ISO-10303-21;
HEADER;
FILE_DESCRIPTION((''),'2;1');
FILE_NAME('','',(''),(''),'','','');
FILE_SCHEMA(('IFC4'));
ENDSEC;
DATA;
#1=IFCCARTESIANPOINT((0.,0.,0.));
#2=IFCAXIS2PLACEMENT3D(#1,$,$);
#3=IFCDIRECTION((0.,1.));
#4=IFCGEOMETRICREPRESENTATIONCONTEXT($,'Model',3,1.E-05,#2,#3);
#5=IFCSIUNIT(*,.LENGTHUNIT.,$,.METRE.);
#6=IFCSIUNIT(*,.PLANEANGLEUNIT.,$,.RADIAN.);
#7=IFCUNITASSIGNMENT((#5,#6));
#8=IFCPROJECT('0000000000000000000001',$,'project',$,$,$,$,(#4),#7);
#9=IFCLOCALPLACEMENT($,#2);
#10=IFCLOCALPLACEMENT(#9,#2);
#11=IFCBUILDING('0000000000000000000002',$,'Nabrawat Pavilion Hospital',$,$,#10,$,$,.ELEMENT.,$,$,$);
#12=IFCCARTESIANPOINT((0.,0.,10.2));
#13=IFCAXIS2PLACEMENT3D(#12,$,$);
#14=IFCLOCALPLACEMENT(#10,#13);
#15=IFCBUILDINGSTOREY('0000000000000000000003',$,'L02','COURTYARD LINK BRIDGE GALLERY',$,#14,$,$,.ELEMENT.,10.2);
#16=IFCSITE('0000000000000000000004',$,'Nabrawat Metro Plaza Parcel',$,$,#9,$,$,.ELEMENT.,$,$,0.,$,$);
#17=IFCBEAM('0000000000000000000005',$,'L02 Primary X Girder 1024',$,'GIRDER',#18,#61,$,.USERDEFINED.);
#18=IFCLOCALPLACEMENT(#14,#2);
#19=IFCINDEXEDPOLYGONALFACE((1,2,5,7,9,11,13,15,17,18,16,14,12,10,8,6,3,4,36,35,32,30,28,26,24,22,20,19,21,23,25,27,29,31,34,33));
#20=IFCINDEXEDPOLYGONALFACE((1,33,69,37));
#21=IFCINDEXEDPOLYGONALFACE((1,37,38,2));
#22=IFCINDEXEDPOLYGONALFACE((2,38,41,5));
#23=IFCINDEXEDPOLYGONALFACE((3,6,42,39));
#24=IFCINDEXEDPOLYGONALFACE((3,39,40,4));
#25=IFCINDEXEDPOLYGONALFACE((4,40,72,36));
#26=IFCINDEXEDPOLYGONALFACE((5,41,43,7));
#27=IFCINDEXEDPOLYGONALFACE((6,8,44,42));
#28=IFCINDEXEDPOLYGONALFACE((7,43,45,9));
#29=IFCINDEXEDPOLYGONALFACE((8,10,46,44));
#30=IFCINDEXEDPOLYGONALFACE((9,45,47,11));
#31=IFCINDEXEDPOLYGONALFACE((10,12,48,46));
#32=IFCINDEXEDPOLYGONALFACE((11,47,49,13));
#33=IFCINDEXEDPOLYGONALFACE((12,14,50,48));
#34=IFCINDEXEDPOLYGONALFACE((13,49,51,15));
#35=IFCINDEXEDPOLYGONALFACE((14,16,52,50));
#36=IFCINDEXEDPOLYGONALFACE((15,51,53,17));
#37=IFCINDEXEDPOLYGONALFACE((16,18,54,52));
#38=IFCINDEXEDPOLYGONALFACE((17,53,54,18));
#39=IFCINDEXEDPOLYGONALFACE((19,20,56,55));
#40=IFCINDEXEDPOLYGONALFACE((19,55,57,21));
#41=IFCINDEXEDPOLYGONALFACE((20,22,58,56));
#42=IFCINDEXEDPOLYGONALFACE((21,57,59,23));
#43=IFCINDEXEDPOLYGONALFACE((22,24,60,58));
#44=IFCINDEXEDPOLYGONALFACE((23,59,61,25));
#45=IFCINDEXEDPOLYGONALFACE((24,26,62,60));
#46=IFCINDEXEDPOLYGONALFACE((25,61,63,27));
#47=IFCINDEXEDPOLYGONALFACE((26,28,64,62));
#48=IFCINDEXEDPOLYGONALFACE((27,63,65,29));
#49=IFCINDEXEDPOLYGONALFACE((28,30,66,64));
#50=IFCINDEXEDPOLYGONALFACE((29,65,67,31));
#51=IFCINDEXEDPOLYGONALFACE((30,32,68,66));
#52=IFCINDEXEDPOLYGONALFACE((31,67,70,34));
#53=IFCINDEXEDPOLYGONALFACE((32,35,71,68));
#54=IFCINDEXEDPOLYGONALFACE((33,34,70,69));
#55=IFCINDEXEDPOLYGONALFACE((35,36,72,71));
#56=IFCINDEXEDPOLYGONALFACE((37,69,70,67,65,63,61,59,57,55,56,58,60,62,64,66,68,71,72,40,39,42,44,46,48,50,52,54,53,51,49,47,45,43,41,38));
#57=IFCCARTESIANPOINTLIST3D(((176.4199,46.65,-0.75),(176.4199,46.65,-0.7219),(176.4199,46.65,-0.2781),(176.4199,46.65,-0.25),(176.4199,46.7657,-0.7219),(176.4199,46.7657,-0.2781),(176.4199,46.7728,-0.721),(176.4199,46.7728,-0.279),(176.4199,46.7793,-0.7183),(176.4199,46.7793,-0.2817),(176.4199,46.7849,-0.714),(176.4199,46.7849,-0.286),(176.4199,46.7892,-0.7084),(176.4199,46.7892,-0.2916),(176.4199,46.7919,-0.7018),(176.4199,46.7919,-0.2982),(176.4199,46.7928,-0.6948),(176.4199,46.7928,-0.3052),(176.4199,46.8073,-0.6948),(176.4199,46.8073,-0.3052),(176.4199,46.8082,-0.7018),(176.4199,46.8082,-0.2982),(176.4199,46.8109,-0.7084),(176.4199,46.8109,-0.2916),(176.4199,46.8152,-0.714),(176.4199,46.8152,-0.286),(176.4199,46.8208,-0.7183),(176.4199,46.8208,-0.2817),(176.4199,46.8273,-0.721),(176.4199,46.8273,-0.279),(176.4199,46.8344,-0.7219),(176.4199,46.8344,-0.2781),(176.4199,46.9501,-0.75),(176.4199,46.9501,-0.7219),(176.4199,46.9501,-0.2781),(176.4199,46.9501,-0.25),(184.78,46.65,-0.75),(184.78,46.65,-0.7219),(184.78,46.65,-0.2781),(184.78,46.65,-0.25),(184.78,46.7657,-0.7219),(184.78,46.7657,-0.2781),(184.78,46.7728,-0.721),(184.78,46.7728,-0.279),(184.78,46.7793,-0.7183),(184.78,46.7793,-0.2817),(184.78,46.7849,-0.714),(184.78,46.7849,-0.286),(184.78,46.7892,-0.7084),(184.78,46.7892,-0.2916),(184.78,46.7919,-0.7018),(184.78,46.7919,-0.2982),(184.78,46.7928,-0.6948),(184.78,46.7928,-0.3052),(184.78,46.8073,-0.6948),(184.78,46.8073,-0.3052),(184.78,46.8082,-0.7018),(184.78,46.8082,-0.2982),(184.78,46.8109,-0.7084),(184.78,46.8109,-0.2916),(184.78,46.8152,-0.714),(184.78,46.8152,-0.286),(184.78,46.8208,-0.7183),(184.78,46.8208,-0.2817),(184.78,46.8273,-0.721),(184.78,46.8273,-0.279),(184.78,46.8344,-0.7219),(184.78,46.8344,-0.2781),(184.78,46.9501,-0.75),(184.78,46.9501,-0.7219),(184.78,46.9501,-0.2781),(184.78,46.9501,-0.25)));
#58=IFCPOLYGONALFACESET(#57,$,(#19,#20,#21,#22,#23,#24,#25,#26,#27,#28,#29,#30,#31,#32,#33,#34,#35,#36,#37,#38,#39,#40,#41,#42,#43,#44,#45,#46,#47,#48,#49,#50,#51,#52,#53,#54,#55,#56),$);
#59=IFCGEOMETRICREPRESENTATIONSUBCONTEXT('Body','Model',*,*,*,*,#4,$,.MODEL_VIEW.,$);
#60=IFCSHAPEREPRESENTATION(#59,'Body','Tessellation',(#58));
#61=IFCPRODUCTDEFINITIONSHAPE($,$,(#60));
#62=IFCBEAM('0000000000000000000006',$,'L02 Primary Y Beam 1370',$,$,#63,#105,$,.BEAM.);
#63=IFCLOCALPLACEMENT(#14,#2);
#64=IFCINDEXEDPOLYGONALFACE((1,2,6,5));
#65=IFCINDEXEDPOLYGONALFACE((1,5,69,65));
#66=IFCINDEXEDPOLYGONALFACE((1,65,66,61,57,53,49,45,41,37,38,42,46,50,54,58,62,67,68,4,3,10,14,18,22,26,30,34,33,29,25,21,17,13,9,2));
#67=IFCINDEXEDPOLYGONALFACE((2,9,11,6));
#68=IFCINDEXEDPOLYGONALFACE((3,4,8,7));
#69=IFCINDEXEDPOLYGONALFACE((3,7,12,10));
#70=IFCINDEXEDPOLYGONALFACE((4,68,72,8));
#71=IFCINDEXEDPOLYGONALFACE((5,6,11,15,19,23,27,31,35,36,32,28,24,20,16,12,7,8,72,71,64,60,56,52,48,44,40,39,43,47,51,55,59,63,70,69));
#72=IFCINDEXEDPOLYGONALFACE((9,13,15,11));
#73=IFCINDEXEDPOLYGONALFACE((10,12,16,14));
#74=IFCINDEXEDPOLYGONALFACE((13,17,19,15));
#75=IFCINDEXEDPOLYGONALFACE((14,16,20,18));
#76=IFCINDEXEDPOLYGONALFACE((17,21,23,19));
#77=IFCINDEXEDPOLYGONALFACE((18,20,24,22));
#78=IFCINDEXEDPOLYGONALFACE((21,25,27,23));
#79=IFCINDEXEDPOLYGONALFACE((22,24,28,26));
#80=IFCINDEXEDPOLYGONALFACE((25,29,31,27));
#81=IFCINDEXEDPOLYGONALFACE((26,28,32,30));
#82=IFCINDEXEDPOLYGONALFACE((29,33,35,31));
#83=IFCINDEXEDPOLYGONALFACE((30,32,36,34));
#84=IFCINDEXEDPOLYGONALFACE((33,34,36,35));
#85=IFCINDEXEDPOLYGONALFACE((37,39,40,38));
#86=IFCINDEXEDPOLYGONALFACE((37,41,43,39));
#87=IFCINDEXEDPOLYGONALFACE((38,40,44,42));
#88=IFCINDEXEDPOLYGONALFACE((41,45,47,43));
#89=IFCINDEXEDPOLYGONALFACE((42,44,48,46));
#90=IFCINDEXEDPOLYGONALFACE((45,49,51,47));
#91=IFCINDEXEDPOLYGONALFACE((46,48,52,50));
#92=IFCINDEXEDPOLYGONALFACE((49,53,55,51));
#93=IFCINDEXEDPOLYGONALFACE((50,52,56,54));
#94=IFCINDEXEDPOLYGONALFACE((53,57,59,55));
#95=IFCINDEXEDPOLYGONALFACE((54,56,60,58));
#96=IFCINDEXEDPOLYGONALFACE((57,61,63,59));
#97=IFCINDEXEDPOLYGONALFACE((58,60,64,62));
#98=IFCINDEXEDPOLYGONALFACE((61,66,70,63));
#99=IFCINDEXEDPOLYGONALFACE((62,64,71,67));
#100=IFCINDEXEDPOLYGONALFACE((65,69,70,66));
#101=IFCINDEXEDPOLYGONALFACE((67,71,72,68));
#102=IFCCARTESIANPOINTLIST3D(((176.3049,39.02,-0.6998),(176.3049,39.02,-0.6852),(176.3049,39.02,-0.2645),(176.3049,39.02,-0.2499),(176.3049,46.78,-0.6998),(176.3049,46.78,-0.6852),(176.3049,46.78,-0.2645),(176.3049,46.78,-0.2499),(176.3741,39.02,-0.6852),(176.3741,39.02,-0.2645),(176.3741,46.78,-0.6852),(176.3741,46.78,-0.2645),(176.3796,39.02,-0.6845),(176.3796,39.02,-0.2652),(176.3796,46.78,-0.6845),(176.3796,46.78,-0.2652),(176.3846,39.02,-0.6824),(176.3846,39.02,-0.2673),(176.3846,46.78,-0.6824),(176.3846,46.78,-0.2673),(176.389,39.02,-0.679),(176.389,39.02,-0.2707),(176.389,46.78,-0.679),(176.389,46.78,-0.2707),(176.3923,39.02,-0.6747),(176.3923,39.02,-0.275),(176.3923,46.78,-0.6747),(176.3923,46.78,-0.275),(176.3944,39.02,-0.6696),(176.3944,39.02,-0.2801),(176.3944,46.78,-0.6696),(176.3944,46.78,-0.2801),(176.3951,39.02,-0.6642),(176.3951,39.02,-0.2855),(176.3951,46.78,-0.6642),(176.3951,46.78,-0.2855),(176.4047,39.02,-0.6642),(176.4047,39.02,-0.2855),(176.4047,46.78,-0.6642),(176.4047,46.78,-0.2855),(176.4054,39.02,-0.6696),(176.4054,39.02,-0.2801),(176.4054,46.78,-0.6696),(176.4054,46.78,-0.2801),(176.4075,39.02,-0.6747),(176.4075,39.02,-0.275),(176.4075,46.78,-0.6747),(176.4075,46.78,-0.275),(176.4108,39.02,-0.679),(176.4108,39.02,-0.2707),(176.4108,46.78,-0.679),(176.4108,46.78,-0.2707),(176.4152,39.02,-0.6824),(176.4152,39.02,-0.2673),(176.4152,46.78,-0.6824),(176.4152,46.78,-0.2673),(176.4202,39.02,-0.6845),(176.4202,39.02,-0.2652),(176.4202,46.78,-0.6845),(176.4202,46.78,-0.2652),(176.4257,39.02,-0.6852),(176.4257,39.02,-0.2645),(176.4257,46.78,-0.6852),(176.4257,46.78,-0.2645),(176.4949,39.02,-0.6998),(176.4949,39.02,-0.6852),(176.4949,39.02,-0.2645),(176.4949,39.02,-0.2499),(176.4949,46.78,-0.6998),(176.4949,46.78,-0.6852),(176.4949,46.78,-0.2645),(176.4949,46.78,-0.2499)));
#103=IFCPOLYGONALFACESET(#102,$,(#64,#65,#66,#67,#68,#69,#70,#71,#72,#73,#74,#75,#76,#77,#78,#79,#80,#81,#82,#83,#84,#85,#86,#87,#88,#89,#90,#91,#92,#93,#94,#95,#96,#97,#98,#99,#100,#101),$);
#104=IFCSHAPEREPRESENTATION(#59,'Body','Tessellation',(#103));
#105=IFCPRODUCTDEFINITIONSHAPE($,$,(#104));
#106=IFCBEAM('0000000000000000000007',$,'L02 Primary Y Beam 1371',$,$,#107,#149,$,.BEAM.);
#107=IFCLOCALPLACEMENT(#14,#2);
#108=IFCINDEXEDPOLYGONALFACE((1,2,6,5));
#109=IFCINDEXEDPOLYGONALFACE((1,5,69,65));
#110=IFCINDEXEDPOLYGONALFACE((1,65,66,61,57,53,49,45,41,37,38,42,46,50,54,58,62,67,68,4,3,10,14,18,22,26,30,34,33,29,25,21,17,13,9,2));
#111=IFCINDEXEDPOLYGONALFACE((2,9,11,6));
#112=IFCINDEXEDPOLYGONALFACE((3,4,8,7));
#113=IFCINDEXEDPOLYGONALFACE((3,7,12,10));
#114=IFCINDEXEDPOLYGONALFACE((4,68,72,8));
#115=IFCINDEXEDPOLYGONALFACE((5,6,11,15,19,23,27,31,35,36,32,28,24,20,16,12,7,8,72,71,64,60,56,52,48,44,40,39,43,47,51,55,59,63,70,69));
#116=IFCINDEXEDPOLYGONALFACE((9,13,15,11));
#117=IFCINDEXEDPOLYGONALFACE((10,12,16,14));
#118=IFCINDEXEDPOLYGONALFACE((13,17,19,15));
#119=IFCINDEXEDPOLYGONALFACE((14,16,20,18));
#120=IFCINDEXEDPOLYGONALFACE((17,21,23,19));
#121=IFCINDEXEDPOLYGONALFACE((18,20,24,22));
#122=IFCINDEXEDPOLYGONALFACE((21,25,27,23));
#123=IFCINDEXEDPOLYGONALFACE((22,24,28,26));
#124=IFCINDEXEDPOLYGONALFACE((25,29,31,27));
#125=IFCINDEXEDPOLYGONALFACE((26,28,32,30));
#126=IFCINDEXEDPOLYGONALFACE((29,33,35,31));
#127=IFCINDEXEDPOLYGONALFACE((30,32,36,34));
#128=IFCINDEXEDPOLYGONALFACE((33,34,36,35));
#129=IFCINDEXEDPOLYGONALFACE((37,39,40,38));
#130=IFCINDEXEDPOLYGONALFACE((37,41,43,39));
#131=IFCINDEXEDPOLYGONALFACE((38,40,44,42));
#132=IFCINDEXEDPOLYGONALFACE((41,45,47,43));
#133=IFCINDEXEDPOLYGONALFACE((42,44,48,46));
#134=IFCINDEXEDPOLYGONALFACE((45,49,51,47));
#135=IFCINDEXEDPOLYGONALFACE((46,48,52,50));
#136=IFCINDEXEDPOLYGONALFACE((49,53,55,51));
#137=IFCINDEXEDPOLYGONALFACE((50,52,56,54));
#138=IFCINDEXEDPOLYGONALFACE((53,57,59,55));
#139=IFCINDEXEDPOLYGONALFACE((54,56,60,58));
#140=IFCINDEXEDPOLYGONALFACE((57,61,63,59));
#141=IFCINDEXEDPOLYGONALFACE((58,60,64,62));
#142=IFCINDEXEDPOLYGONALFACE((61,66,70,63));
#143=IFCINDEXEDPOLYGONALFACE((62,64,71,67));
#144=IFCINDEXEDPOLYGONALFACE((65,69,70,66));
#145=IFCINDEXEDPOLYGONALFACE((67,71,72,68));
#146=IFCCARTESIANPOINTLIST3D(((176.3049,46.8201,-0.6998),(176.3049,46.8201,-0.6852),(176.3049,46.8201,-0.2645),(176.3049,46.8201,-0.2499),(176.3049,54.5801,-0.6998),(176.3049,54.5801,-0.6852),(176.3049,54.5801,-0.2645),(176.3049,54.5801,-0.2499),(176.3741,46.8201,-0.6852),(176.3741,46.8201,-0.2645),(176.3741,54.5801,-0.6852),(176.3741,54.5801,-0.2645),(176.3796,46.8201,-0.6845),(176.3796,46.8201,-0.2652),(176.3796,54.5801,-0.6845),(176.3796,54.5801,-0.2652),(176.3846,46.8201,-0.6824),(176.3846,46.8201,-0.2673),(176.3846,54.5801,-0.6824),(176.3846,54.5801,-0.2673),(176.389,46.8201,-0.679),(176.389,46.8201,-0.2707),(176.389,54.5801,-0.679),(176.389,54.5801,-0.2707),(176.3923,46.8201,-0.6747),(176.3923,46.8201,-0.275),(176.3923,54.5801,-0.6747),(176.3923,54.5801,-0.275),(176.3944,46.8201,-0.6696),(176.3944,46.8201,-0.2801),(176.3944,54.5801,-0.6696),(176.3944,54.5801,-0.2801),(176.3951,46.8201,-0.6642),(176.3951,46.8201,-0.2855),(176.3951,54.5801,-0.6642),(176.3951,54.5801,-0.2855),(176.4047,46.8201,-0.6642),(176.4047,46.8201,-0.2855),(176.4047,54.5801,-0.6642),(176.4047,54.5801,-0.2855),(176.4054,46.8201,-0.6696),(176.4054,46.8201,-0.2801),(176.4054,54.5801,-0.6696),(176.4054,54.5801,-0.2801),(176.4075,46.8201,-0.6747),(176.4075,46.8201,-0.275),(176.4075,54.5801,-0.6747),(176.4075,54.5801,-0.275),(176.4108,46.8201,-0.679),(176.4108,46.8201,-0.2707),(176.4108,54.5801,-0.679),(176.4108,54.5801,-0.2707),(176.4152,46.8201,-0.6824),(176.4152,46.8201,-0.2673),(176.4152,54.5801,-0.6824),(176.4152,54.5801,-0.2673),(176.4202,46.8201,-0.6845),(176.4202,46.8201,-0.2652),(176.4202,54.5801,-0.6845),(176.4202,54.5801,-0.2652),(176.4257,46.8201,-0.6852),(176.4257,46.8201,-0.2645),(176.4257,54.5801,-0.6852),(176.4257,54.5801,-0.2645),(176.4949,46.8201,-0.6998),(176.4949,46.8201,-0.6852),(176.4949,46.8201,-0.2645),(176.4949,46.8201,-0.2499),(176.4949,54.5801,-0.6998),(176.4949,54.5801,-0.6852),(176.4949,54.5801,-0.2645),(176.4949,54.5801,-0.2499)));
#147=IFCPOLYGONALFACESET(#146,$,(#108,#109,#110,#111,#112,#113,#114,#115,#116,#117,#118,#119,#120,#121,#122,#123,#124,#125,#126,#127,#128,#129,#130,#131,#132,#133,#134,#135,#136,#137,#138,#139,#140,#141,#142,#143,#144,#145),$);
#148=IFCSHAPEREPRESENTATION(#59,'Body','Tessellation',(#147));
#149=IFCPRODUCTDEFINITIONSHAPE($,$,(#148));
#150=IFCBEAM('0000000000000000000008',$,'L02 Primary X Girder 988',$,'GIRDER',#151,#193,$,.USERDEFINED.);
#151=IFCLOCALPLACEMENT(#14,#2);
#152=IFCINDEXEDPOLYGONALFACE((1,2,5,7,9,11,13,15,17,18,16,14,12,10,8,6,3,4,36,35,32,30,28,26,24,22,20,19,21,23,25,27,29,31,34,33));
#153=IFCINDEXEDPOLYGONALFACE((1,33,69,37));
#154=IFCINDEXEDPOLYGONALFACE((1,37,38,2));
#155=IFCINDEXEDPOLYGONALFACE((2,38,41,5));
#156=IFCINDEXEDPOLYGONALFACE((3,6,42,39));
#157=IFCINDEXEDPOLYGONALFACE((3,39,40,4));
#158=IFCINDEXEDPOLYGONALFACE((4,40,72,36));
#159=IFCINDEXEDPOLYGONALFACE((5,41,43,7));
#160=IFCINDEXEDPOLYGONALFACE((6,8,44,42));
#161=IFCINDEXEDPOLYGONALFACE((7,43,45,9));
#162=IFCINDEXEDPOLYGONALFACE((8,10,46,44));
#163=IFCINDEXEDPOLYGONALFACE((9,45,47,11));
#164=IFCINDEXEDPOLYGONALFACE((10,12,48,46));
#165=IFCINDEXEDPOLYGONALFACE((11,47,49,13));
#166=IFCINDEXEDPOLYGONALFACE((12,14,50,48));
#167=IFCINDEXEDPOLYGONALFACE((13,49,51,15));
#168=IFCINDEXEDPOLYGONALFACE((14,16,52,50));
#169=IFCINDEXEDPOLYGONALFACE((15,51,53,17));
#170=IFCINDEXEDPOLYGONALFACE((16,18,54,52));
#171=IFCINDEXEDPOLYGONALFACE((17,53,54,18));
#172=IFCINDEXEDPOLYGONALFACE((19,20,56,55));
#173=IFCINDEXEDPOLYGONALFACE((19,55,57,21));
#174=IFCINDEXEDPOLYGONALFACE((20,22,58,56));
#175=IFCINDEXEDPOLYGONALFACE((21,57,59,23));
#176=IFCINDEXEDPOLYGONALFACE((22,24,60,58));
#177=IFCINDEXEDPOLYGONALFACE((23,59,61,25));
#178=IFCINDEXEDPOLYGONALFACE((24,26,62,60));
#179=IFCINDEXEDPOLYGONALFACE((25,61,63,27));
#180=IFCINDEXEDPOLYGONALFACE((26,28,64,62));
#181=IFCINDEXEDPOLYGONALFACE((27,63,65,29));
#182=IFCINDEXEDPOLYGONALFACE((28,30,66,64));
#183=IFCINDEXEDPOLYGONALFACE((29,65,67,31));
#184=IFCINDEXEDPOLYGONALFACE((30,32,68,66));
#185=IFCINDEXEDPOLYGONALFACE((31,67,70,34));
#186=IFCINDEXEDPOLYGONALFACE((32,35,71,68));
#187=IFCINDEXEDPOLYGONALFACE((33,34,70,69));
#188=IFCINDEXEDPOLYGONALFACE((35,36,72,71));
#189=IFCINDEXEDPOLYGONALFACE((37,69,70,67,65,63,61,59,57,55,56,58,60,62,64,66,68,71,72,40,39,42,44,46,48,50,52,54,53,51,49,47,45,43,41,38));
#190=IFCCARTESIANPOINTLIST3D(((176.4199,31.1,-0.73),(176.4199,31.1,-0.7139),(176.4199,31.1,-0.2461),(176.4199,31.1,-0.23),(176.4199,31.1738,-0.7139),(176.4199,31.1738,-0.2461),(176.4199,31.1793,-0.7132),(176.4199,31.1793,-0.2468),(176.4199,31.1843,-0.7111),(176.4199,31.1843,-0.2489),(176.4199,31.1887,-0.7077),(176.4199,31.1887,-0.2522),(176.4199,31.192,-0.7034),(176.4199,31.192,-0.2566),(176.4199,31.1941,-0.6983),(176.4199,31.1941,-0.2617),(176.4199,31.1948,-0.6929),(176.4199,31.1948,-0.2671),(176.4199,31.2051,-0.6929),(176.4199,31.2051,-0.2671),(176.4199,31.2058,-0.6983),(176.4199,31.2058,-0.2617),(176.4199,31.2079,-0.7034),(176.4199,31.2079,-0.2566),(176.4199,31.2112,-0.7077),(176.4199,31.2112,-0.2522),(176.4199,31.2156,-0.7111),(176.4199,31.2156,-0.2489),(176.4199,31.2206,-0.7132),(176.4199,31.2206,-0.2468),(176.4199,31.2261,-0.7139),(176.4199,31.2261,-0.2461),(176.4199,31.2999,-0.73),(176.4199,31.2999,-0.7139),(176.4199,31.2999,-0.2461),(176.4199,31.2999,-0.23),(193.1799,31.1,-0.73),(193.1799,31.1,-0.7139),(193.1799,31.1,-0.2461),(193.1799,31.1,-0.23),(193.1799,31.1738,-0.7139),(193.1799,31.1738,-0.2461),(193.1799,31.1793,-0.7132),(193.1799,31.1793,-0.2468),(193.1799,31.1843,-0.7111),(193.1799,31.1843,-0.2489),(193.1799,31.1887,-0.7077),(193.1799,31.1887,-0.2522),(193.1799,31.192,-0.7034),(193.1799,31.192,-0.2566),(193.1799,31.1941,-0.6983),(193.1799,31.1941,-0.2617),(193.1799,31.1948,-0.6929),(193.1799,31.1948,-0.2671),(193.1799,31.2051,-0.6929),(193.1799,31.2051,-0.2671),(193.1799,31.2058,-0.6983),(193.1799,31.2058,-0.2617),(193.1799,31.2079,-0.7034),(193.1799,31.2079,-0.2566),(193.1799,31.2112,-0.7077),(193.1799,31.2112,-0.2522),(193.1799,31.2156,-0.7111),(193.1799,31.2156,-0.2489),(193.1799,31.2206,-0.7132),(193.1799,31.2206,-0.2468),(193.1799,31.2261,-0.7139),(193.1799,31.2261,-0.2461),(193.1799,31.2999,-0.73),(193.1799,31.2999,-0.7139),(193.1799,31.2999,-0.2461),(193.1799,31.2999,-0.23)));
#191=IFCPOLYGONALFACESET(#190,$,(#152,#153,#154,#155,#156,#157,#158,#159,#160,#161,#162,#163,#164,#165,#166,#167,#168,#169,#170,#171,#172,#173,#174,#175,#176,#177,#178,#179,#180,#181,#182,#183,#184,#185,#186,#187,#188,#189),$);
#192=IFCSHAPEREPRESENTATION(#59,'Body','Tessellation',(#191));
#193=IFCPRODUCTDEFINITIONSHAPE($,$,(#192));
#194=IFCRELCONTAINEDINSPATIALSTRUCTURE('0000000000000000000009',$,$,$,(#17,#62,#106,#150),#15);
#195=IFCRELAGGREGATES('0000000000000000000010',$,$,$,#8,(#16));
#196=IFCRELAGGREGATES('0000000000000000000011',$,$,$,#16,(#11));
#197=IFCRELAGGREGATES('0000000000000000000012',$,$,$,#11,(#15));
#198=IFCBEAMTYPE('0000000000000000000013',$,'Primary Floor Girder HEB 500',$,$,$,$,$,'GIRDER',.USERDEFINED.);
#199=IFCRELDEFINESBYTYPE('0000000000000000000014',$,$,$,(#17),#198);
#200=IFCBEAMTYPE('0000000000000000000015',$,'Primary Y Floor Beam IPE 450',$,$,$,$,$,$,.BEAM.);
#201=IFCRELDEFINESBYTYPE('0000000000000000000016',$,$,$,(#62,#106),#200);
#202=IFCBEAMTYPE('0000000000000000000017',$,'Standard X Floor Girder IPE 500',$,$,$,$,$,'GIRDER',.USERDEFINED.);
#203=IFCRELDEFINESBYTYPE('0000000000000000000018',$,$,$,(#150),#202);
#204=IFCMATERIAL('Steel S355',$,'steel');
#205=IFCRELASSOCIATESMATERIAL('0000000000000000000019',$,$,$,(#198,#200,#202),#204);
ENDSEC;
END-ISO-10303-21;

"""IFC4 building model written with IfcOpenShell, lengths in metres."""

from ifc_helpers import new_model, si_unit, direction, frame, origin, origin_2d, place, context, subcontext, project, spatial, i_section, extrude, material, material_profile, profile_set, type_object, element, save


model = new_model("IFC4")

# Units and contexts
model_context = context("Model", 3, precision=1e-05, world=origin(), true_north=direction((0.0, 1.0)))
body_context = subcontext(model_context, "Body", "Model", "MODEL_VIEW")
ifc_project = project(units=[si_unit("LENGTHUNIT", "METRE"), si_unit("PLANEANGLEUNIT", "RADIAN")], contexts=[model_context])

# Site, building, storey
site_placement = place(None, origin())
site = spatial("IfcSite", under=ifc_project, at=site_placement, Name="Nabrawat Metro Plaza Parcel", CompositionType="ELEMENT", RefElevation=0.0)
building_placement = place(site_placement, origin())
building = spatial("IfcBuilding", under=site, at=building_placement, Name="Nabrawat Pavilion Hospital", CompositionType="ELEMENT")
storey_placement = place(building_placement, frame((0.0, 0.0, 10.2)))
storey = spatial("IfcBuildingStorey", under=building, at=storey_placement, Name="L02", Description="COURTYARD LINK BRIDGE GALLERY", CompositionType="ELEMENT", Elevation=10.2)

# Shared definitions
ifc_material_1 = material(Name="Steel S355", Category="steel")

# Beams
ifc_material_profile_1 = material_profile(ifc_material_1, i_section(OverallWidth=0.3, OverallDepth=0.5, WebThickness=0.0144, FlangeThickness=0.0281, FilletRadius=0.0271, at=origin_2d()), Name="HEB 500")
ifc_profile_set_1 = profile_set([ifc_material_profile_1], Name="Steel S355")
beam_type_1 = type_object("IfcBeamType", Name="Primary Floor Girder HEB 500", ElementType="GIRDER", PredefinedType="USERDEFINED", material=ifc_profile_set_1)
beam_1_placement = place(storey_placement, frame((176.4199, 46.8, -0.5), z_axis=(1.0, 0.0, 0.0), x_axis=(0.0, 1.0, 0.0)))
element("IfcBeam", 1, at=beam_1_placement, inside=storey, type_object=beam_type_1, Name="L02 Primary X Girder 1024", ObjectType="GIRDER", PredefinedType="USERDEFINED", context=body_context, shape_type="SweptSolid", body=[
    extrude(i_section(OverallWidth=0.3, OverallDepth=0.5, WebThickness=0.0144, FlangeThickness=0.0281, FilletRadius=0.0271, at=origin_2d()), origin(), (0.0, 0.0, 1.0), 8.3601),
])
ifc_material_profile_2 = material_profile(ifc_material_1, i_section(OverallWidth=0.1899, OverallDepth=0.45, WebThickness=0.0095, FlangeThickness=0.0146, FilletRadius=0.021, at=origin_2d()), Name="IPE 450")
ifc_profile_set_2 = profile_set([ifc_material_profile_2], Name="Steel S355")
beam_type_2 = type_object("IfcBeamType", Name="Primary Y Floor Beam IPE 450", PredefinedType="BEAM", material=ifc_profile_set_2)
for number, where, z_axis, x_axis, name in (
    (2, (176.3999, 39.02, -0.4749), (0.0, 1.0, 0.0), (-1.0, 0.0, 0.0), "L02 Primary Y Beam 1370"),
    (3, (176.3999, 46.8201, -0.4749), (0.0, 1.0, 0.0), (-1.0, 0.0, 0.0), "L02 Primary Y Beam 1371"),
):
    element("IfcBeam", number, at=place(storey_placement, frame(where, z_axis=z_axis, x_axis=x_axis)), inside=storey, type_object=beam_type_2, Name=name, PredefinedType="BEAM", context=body_context, shape_type="SweptSolid", body=[
        extrude(i_section(OverallWidth=0.1899, OverallDepth=0.45, WebThickness=0.0095, FlangeThickness=0.0146, FilletRadius=0.021, at=origin_2d()), origin(), (0.0, 0.0, 1.0), 7.76),
    ])
ifc_material_profile_3 = material_profile(ifc_material_1, i_section(OverallWidth=0.2, OverallDepth=0.5, WebThickness=0.0103, FlangeThickness=0.0161, FilletRadius=0.021, at=origin_2d()), Name="IPE 500")
ifc_profile_set_3 = profile_set([ifc_material_profile_3], Name="Steel S355")
beam_type_3 = type_object("IfcBeamType", Name="Standard X Floor Girder IPE 500", ElementType="GIRDER", PredefinedType="USERDEFINED", material=ifc_profile_set_3)
beam_2_placement = place(storey_placement, frame((176.4199, 31.2, -0.48), z_axis=(1.0, 0.0, 0.0), x_axis=(0.0, 1.0, 0.0)))
element("IfcBeam", 4, at=beam_2_placement, inside=storey, type_object=beam_type_3, Name="L02 Primary X Girder 988", ObjectType="GIRDER", PredefinedType="USERDEFINED", context=body_context, shape_type="SweptSolid", body=[
    extrude(i_section(OverallWidth=0.2, OverallDepth=0.5, WebThickness=0.0103, FlangeThickness=0.0161, FilletRadius=0.021, at=origin_2d()), origin(), (0.0, 0.0, 1.0), 16.76),
])

save(model, "model.ifc")
